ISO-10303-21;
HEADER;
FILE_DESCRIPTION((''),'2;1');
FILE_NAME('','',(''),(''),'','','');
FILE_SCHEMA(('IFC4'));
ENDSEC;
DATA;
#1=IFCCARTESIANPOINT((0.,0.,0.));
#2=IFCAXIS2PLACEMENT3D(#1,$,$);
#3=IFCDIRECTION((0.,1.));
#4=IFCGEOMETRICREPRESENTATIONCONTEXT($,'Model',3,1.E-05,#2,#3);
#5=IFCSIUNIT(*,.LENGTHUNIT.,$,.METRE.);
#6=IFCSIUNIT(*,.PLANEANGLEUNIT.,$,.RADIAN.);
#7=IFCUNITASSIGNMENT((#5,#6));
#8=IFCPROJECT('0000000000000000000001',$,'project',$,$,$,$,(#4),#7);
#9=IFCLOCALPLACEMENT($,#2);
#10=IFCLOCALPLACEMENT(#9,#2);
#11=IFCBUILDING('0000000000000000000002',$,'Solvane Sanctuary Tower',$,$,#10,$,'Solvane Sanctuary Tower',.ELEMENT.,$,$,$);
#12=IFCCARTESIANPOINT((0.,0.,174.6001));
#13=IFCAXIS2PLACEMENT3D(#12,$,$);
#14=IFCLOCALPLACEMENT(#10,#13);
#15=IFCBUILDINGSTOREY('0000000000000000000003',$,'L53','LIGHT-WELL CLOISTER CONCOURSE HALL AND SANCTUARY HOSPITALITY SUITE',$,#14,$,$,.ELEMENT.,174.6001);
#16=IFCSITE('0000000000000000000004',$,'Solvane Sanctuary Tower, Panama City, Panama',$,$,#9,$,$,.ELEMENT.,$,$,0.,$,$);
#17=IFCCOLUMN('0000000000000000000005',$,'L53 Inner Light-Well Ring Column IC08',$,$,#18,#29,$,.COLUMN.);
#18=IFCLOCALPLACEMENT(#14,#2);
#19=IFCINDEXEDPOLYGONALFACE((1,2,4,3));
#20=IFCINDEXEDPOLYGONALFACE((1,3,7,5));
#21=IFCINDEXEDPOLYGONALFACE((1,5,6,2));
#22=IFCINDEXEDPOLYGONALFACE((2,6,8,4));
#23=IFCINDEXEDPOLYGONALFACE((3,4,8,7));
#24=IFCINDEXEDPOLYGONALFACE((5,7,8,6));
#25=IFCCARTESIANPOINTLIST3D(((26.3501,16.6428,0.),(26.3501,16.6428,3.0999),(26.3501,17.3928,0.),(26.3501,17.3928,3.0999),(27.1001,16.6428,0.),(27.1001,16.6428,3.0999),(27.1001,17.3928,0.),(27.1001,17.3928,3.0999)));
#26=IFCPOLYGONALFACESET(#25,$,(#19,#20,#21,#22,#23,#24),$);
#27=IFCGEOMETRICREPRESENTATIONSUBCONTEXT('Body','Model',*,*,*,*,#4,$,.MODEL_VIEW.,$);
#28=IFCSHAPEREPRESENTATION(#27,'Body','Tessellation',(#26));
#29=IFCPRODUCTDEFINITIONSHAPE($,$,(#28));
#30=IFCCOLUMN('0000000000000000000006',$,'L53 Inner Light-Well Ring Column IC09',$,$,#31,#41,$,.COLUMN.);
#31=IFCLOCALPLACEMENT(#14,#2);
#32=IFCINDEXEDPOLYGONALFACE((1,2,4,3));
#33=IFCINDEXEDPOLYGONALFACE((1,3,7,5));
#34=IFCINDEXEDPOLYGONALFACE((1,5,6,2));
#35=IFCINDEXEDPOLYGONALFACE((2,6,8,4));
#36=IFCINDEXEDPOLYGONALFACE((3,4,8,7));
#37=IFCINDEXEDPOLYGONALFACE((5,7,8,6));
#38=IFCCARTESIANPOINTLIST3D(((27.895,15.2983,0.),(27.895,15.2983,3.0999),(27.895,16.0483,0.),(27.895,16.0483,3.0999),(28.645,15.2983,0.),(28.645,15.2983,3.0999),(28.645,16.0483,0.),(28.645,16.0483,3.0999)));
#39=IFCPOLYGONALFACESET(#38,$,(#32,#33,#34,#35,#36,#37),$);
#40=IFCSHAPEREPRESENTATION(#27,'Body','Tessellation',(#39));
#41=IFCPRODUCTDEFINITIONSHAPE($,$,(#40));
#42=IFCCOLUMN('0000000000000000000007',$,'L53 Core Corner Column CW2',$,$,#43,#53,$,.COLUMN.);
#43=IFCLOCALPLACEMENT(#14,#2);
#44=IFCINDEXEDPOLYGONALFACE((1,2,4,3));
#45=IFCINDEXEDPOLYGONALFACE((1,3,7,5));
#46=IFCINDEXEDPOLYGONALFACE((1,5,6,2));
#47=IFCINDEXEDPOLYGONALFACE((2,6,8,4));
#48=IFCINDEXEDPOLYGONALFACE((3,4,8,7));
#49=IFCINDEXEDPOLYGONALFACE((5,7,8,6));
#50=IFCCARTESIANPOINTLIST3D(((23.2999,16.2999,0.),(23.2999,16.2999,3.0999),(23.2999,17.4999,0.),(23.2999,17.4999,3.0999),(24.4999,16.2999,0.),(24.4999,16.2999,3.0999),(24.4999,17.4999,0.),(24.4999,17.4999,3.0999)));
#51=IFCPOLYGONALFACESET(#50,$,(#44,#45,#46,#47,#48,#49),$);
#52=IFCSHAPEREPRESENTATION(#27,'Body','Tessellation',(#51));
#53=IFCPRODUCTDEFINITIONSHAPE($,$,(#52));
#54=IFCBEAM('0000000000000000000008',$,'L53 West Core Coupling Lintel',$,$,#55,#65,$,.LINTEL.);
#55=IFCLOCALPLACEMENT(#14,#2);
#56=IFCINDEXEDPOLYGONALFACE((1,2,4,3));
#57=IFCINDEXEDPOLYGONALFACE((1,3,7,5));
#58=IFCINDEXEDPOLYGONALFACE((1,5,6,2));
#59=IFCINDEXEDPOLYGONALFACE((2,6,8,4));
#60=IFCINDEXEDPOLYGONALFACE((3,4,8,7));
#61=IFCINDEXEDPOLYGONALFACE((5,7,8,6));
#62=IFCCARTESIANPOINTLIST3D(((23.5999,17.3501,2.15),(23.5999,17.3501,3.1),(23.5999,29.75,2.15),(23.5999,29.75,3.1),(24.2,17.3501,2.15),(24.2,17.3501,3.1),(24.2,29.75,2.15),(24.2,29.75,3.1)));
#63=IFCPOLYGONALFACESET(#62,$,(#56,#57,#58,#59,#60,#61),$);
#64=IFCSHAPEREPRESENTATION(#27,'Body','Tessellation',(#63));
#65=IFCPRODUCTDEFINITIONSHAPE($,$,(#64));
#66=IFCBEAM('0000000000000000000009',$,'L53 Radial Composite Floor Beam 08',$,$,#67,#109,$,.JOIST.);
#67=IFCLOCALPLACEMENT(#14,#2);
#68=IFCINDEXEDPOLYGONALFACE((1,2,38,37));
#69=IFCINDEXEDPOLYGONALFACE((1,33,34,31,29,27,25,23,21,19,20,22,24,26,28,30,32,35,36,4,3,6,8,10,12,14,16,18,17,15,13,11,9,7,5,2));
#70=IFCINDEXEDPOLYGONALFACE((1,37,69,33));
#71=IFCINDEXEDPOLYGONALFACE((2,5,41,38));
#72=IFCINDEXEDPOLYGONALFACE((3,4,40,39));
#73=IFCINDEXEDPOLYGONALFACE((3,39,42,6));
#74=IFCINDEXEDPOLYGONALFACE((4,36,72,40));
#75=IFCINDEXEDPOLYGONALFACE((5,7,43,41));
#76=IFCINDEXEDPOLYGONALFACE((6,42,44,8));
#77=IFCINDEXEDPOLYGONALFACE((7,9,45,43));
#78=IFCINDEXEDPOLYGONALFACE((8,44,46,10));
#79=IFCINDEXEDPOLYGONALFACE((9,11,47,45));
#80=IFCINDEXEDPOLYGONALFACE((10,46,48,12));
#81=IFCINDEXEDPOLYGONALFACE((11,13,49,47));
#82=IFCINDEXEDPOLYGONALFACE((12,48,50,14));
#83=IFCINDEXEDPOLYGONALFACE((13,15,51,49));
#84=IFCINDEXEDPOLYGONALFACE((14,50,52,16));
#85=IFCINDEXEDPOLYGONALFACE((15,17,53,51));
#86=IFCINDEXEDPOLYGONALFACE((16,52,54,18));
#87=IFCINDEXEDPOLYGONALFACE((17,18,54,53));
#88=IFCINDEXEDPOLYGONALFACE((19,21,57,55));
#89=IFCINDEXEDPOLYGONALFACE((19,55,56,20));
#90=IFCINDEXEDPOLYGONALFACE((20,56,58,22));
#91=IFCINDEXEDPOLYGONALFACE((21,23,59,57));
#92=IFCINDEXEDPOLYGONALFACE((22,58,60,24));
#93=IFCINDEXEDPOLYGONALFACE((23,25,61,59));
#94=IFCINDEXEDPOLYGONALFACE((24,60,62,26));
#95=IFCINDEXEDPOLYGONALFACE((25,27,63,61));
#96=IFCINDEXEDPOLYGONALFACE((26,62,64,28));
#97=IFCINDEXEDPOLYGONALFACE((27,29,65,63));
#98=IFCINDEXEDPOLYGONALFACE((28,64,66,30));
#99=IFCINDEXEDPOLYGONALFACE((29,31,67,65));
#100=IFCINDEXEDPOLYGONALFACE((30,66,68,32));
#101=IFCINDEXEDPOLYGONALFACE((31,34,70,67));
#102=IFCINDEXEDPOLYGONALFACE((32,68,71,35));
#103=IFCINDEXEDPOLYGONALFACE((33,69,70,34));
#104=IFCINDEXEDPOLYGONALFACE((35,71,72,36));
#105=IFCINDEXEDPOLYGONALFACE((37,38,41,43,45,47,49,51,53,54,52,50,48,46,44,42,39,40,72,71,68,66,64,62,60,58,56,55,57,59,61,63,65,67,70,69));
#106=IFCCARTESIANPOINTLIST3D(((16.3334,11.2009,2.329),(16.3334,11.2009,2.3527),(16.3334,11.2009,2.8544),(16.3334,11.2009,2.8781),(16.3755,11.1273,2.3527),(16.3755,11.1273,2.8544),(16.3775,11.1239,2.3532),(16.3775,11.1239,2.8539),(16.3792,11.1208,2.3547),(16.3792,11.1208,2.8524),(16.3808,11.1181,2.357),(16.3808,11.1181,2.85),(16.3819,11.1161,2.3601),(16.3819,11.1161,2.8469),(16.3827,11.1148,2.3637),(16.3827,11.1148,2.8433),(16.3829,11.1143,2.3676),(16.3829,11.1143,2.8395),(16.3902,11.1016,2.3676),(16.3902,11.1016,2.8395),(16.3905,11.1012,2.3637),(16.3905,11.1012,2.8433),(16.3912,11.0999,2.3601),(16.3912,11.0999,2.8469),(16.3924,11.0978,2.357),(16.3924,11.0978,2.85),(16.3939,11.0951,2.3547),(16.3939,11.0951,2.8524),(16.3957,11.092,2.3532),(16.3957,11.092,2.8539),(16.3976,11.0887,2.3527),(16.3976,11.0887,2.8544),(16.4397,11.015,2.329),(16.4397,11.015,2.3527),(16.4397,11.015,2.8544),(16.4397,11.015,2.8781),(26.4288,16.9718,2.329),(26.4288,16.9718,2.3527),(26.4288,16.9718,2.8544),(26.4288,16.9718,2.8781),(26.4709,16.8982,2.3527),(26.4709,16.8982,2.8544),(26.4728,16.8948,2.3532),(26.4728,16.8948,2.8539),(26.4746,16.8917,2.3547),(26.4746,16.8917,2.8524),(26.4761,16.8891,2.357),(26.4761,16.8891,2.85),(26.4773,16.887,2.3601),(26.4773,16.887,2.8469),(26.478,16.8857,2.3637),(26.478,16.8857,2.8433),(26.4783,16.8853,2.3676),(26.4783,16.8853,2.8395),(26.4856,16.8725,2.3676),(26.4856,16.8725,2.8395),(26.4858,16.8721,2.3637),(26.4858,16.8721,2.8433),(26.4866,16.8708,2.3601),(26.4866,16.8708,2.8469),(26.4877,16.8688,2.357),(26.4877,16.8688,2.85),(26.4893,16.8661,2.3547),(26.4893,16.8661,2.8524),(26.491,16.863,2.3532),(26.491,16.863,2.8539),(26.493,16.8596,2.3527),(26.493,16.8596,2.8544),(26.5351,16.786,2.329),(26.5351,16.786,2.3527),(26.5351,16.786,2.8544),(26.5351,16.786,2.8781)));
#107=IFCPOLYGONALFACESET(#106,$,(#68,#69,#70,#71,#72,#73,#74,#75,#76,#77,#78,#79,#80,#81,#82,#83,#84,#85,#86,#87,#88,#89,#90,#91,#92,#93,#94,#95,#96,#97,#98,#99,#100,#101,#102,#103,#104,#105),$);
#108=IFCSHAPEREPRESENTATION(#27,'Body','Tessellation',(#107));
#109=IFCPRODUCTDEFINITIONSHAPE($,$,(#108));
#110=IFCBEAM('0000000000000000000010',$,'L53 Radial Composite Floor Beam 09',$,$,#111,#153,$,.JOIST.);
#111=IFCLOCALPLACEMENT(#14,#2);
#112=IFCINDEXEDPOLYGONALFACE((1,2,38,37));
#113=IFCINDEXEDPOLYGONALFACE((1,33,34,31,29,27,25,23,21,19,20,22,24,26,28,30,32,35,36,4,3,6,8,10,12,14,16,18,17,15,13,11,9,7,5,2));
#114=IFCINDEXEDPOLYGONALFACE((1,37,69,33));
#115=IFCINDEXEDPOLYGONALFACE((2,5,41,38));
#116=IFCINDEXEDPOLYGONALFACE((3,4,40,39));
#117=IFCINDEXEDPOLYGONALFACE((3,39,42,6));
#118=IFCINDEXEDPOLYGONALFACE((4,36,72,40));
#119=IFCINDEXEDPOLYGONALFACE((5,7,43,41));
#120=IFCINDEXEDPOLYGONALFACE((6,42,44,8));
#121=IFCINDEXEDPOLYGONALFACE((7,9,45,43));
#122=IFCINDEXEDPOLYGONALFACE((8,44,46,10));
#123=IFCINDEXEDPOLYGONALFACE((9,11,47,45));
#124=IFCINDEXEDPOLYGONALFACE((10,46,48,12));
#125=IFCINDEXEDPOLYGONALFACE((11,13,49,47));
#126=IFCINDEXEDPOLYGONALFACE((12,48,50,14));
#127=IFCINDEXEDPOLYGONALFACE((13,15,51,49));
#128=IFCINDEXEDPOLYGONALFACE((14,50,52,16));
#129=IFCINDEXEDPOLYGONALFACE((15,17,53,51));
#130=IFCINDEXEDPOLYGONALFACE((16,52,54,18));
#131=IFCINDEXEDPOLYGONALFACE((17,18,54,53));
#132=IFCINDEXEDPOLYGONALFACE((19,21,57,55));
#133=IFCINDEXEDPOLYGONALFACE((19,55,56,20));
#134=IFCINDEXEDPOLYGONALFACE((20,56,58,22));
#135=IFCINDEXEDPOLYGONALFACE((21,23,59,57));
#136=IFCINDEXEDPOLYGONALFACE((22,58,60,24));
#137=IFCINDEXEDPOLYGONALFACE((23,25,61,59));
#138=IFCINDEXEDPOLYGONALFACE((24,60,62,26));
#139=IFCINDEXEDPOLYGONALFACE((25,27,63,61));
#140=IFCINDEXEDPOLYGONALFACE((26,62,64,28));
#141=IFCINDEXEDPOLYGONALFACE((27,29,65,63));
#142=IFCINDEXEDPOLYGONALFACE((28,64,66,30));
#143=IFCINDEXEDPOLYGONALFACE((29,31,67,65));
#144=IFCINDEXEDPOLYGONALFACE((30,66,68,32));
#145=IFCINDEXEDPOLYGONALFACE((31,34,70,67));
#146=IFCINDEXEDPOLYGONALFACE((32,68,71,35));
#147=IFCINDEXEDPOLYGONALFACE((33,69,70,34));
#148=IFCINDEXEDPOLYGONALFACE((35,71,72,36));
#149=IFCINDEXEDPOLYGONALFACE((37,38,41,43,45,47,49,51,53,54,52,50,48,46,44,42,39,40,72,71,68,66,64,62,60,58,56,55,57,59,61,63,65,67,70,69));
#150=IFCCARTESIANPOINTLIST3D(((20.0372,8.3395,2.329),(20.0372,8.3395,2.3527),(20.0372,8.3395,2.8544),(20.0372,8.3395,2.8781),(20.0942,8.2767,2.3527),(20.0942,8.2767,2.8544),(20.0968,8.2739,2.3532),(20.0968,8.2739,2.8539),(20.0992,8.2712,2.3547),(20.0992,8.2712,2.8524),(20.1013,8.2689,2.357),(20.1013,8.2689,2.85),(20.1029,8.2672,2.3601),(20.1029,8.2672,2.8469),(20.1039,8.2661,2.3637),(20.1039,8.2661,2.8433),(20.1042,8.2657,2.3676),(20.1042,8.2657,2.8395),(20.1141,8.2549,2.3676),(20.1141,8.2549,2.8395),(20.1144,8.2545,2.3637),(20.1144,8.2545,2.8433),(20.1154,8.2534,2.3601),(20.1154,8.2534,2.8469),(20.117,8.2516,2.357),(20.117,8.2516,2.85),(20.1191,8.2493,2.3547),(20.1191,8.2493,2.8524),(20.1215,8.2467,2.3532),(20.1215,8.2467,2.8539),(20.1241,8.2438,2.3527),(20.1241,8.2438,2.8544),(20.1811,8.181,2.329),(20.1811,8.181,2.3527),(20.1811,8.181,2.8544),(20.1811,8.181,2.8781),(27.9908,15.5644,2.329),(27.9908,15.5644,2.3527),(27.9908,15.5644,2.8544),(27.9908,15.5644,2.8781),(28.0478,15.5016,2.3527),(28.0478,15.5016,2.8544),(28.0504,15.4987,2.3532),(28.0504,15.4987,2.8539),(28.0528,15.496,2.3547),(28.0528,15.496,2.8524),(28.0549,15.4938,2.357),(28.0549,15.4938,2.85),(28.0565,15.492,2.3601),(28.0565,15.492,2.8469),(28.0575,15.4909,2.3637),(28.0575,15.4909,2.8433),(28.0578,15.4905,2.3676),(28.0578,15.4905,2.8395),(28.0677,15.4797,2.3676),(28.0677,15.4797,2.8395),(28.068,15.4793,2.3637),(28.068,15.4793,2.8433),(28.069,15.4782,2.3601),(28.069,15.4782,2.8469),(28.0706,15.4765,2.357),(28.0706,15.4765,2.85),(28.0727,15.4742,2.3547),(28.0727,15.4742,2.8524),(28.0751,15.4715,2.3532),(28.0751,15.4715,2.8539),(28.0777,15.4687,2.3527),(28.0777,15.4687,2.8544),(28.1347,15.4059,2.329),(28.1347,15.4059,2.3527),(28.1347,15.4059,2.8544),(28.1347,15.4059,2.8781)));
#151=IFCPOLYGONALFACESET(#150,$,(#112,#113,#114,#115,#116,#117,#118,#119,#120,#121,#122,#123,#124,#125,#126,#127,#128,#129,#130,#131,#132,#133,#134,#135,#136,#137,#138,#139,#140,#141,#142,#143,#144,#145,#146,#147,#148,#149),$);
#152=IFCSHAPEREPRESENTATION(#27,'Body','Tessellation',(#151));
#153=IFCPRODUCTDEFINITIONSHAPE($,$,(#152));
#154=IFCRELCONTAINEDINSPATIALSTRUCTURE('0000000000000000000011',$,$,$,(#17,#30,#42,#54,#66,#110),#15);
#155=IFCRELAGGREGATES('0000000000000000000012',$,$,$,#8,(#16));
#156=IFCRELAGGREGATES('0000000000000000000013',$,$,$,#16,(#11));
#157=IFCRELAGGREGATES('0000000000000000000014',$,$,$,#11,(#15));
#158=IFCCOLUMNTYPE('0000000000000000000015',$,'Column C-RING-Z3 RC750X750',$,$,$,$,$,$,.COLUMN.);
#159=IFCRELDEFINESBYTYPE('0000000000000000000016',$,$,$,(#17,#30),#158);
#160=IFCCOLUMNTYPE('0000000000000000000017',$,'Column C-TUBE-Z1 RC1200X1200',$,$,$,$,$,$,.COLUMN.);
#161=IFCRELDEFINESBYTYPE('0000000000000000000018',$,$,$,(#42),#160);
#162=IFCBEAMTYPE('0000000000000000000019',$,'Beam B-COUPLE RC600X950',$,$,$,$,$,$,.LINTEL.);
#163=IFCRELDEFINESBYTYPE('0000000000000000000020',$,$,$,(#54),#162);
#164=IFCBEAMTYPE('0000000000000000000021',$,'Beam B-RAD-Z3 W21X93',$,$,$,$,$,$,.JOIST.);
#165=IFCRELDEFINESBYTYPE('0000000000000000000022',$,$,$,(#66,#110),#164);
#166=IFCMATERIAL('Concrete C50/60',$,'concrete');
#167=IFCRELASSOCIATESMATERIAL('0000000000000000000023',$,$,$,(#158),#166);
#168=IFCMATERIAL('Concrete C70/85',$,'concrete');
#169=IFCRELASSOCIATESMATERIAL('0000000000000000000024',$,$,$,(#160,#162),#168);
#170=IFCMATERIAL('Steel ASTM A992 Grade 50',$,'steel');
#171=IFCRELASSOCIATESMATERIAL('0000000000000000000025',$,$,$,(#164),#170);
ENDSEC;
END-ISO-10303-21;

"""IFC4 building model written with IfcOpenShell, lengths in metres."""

from ifc_helpers import new_model, si_unit, direction, frame, origin, origin_2d, place, context, subcontext, project, spatial, rectangle, i_section, extrude, material, material_profile, profile_set, type_object, element, save


model = new_model("IFC4")

# Units and contexts
model_context = context("Model", 3, precision=1e-05, world=origin(), true_north=direction((0.0, 1.0)))
body_context = subcontext(model_context, "Body", "Model", "MODEL_VIEW")
ifc_project = project(units=[si_unit("LENGTHUNIT", "METRE"), si_unit("PLANEANGLEUNIT", "RADIAN")], contexts=[model_context])

# Site, building, storey
site_placement = place(None, origin())
site = spatial("IfcSite", under=ifc_project, at=site_placement, Name="Solvane Sanctuary Tower, Panama City, Panama", CompositionType="ELEMENT", RefElevation=0.0)
building_placement = place(site_placement, origin())
building = spatial("IfcBuilding", under=site, at=building_placement, Name="Solvane Sanctuary Tower", LongName="Solvane Sanctuary Tower", CompositionType="ELEMENT")
storey_placement = place(building_placement, frame((0.0, 0.0, 174.6001)))
storey = spatial("IfcBuildingStorey", under=building, at=storey_placement, Name="L53", Description="LIGHT-WELL CLOISTER CONCOURSE HALL AND SANCTUARY HOSPITALITY SUITE", CompositionType="ELEMENT", Elevation=174.6001)

# Columns
ifc_material_1 = material(Name="Concrete C50/60", Category="concrete")
ifc_material_profile_1 = material_profile(ifc_material_1, rectangle(XDim=0.75, YDim=0.75, at=origin_2d()), Name="RC750X750")
ifc_profile_set_1 = profile_set([ifc_material_profile_1], Name="Concrete C50/60")
column_type_1 = type_object("IfcColumnType", Name="Column C-RING-Z3 RC750X750", PredefinedType="COLUMN", material=ifc_profile_set_1)
for number, where, z_axis, x_axis, name in (
    (1, (26.7251, 17.0178, 0.0), (0.0, 0.0, 1.0), (1.0, 0.0, 0.0), "L53 Inner Light-Well Ring Column IC08"),
    (2, (28.27, 15.6733, 0.0), (0.0, 0.0, 1.0), (1.0, 0.0, 0.0), "L53 Inner Light-Well Ring Column IC09"),
):
    element("IfcColumn", number, at=place(storey_placement, frame(where, z_axis=z_axis, x_axis=x_axis)), inside=storey, type_object=column_type_1, Name=name, PredefinedType="COLUMN", context=body_context, shape_type="SweptSolid", body=[
        extrude(rectangle(XDim=0.75, YDim=0.75, at=origin_2d()), origin(), (0.0, 0.0, 1.0), 3.0999),
    ])
ifc_material_2 = material(Name="Concrete C70/85", Category="concrete")
ifc_material_profile_2 = material_profile(ifc_material_2, rectangle(XDim=1.2, YDim=1.2, at=origin_2d()), Name="RC1200X1200")
ifc_profile_set_2 = profile_set([ifc_material_profile_2], Name="Concrete C70/85")
column_type_2 = type_object("IfcColumnType", Name="Column C-TUBE-Z1 RC1200X1200", PredefinedType="COLUMN", material=ifc_profile_set_2)
column_placement = place(storey_placement, frame((23.8999, 16.8999, 0.0), z_axis=(0.0, 0.0, 1.0), x_axis=(1.0, 0.0, 0.0)))
element("IfcColumn", 3, at=column_placement, inside=storey, type_object=column_type_2, Name="L53 Core Corner Column CW2", PredefinedType="COLUMN", context=body_context, shape_type="SweptSolid", body=[
    extrude(rectangle(XDim=1.2, YDim=1.2, at=origin_2d()), origin(), (0.0, 0.0, 1.0), 3.0999),
])

# Beams
ifc_material_profile_3 = material_profile(ifc_material_2, rectangle(XDim=0.6001, YDim=0.95, at=origin_2d()), Name="RC600X950")
ifc_profile_set_3 = profile_set([ifc_material_profile_3], Name="Concrete C70/85")
beam_type_1 = type_object("IfcBeamType", Name="Beam B-COUPLE RC600X950", PredefinedType="LINTEL", material=ifc_profile_set_3)
beam_1_placement = place(storey_placement, frame((23.8999, 17.3501, 2.625), z_axis=(0.0, 1.0, 0.0), x_axis=(-1.0, 0.0, 0.0)))
element("IfcBeam", 4, at=beam_1_placement, inside=storey, type_object=beam_type_1, Name="L53 West Core Coupling Lintel", PredefinedType="LINTEL", context=body_context, shape_type="SweptSolid", body=[
    extrude(rectangle(XDim=0.6001, YDim=0.95, at=origin_2d()), origin(), (0.0, 0.0, 1.0), 12.3999),
])
ifc_material_3 = material(Name="Steel ASTM A992 Grade 50", Category="steel")
ifc_material_profile_4 = material_profile(ifc_material_3, i_section(OverallWidth=0.2141, OverallDepth=0.5491, WebThickness=0.0146, FlangeThickness=0.0237, FilletRadius=0.0149, at=origin_2d()), Name="W21X93")
ifc_profile_set_4 = profile_set([ifc_material_profile_4], Name="Steel ASTM A992 Grade 50")
beam_type_2 = type_object("IfcBeamType", Name="Beam B-RAD-Z3 W21X93", PredefinedType="JOIST", material=ifc_profile_set_4)
beam_2_placement = place(storey_placement, frame((26.4819, 16.8789, 2.6035), z_axis=(-0.868163, -0.496279, 0.0), x_axis=(0.496279, -0.868163, 0.0)))
element("IfcBeam", 5, at=beam_2_placement, inside=storey, type_object=beam_type_2, Name="L53 Radial Composite Floor Beam 08", PredefinedType="JOIST", context=body_context, shape_type="SweptSolid", body=[
    extrude(i_section(OverallWidth=0.2141, OverallDepth=0.5491, WebThickness=0.0146, FlangeThickness=0.0237, FilletRadius=0.0149, at=origin_2d()), origin(), (0.0, 0.0, 1.0), 11.6284),
])
beam_3_placement = place(storey_placement, frame((28.0627, 15.4851, 2.6035), z_axis=(-0.740204, -0.672382, 0.0), x_axis=(0.672382, -0.740204, 0.0)))
element("IfcBeam", 6, at=beam_3_placement, inside=storey, type_object=beam_type_2, Name="L53 Radial Composite Floor Beam 09", PredefinedType="JOIST", context=body_context, shape_type="SweptSolid", body=[
    extrude(i_section(OverallWidth=0.2141, OverallDepth=0.5491, WebThickness=0.0146, FlangeThickness=0.0237, FilletRadius=0.0149, at=origin_2d()), origin(), (0.0, 0.0, 1.0), 10.7451),
])

save(model, "model.ifc")
